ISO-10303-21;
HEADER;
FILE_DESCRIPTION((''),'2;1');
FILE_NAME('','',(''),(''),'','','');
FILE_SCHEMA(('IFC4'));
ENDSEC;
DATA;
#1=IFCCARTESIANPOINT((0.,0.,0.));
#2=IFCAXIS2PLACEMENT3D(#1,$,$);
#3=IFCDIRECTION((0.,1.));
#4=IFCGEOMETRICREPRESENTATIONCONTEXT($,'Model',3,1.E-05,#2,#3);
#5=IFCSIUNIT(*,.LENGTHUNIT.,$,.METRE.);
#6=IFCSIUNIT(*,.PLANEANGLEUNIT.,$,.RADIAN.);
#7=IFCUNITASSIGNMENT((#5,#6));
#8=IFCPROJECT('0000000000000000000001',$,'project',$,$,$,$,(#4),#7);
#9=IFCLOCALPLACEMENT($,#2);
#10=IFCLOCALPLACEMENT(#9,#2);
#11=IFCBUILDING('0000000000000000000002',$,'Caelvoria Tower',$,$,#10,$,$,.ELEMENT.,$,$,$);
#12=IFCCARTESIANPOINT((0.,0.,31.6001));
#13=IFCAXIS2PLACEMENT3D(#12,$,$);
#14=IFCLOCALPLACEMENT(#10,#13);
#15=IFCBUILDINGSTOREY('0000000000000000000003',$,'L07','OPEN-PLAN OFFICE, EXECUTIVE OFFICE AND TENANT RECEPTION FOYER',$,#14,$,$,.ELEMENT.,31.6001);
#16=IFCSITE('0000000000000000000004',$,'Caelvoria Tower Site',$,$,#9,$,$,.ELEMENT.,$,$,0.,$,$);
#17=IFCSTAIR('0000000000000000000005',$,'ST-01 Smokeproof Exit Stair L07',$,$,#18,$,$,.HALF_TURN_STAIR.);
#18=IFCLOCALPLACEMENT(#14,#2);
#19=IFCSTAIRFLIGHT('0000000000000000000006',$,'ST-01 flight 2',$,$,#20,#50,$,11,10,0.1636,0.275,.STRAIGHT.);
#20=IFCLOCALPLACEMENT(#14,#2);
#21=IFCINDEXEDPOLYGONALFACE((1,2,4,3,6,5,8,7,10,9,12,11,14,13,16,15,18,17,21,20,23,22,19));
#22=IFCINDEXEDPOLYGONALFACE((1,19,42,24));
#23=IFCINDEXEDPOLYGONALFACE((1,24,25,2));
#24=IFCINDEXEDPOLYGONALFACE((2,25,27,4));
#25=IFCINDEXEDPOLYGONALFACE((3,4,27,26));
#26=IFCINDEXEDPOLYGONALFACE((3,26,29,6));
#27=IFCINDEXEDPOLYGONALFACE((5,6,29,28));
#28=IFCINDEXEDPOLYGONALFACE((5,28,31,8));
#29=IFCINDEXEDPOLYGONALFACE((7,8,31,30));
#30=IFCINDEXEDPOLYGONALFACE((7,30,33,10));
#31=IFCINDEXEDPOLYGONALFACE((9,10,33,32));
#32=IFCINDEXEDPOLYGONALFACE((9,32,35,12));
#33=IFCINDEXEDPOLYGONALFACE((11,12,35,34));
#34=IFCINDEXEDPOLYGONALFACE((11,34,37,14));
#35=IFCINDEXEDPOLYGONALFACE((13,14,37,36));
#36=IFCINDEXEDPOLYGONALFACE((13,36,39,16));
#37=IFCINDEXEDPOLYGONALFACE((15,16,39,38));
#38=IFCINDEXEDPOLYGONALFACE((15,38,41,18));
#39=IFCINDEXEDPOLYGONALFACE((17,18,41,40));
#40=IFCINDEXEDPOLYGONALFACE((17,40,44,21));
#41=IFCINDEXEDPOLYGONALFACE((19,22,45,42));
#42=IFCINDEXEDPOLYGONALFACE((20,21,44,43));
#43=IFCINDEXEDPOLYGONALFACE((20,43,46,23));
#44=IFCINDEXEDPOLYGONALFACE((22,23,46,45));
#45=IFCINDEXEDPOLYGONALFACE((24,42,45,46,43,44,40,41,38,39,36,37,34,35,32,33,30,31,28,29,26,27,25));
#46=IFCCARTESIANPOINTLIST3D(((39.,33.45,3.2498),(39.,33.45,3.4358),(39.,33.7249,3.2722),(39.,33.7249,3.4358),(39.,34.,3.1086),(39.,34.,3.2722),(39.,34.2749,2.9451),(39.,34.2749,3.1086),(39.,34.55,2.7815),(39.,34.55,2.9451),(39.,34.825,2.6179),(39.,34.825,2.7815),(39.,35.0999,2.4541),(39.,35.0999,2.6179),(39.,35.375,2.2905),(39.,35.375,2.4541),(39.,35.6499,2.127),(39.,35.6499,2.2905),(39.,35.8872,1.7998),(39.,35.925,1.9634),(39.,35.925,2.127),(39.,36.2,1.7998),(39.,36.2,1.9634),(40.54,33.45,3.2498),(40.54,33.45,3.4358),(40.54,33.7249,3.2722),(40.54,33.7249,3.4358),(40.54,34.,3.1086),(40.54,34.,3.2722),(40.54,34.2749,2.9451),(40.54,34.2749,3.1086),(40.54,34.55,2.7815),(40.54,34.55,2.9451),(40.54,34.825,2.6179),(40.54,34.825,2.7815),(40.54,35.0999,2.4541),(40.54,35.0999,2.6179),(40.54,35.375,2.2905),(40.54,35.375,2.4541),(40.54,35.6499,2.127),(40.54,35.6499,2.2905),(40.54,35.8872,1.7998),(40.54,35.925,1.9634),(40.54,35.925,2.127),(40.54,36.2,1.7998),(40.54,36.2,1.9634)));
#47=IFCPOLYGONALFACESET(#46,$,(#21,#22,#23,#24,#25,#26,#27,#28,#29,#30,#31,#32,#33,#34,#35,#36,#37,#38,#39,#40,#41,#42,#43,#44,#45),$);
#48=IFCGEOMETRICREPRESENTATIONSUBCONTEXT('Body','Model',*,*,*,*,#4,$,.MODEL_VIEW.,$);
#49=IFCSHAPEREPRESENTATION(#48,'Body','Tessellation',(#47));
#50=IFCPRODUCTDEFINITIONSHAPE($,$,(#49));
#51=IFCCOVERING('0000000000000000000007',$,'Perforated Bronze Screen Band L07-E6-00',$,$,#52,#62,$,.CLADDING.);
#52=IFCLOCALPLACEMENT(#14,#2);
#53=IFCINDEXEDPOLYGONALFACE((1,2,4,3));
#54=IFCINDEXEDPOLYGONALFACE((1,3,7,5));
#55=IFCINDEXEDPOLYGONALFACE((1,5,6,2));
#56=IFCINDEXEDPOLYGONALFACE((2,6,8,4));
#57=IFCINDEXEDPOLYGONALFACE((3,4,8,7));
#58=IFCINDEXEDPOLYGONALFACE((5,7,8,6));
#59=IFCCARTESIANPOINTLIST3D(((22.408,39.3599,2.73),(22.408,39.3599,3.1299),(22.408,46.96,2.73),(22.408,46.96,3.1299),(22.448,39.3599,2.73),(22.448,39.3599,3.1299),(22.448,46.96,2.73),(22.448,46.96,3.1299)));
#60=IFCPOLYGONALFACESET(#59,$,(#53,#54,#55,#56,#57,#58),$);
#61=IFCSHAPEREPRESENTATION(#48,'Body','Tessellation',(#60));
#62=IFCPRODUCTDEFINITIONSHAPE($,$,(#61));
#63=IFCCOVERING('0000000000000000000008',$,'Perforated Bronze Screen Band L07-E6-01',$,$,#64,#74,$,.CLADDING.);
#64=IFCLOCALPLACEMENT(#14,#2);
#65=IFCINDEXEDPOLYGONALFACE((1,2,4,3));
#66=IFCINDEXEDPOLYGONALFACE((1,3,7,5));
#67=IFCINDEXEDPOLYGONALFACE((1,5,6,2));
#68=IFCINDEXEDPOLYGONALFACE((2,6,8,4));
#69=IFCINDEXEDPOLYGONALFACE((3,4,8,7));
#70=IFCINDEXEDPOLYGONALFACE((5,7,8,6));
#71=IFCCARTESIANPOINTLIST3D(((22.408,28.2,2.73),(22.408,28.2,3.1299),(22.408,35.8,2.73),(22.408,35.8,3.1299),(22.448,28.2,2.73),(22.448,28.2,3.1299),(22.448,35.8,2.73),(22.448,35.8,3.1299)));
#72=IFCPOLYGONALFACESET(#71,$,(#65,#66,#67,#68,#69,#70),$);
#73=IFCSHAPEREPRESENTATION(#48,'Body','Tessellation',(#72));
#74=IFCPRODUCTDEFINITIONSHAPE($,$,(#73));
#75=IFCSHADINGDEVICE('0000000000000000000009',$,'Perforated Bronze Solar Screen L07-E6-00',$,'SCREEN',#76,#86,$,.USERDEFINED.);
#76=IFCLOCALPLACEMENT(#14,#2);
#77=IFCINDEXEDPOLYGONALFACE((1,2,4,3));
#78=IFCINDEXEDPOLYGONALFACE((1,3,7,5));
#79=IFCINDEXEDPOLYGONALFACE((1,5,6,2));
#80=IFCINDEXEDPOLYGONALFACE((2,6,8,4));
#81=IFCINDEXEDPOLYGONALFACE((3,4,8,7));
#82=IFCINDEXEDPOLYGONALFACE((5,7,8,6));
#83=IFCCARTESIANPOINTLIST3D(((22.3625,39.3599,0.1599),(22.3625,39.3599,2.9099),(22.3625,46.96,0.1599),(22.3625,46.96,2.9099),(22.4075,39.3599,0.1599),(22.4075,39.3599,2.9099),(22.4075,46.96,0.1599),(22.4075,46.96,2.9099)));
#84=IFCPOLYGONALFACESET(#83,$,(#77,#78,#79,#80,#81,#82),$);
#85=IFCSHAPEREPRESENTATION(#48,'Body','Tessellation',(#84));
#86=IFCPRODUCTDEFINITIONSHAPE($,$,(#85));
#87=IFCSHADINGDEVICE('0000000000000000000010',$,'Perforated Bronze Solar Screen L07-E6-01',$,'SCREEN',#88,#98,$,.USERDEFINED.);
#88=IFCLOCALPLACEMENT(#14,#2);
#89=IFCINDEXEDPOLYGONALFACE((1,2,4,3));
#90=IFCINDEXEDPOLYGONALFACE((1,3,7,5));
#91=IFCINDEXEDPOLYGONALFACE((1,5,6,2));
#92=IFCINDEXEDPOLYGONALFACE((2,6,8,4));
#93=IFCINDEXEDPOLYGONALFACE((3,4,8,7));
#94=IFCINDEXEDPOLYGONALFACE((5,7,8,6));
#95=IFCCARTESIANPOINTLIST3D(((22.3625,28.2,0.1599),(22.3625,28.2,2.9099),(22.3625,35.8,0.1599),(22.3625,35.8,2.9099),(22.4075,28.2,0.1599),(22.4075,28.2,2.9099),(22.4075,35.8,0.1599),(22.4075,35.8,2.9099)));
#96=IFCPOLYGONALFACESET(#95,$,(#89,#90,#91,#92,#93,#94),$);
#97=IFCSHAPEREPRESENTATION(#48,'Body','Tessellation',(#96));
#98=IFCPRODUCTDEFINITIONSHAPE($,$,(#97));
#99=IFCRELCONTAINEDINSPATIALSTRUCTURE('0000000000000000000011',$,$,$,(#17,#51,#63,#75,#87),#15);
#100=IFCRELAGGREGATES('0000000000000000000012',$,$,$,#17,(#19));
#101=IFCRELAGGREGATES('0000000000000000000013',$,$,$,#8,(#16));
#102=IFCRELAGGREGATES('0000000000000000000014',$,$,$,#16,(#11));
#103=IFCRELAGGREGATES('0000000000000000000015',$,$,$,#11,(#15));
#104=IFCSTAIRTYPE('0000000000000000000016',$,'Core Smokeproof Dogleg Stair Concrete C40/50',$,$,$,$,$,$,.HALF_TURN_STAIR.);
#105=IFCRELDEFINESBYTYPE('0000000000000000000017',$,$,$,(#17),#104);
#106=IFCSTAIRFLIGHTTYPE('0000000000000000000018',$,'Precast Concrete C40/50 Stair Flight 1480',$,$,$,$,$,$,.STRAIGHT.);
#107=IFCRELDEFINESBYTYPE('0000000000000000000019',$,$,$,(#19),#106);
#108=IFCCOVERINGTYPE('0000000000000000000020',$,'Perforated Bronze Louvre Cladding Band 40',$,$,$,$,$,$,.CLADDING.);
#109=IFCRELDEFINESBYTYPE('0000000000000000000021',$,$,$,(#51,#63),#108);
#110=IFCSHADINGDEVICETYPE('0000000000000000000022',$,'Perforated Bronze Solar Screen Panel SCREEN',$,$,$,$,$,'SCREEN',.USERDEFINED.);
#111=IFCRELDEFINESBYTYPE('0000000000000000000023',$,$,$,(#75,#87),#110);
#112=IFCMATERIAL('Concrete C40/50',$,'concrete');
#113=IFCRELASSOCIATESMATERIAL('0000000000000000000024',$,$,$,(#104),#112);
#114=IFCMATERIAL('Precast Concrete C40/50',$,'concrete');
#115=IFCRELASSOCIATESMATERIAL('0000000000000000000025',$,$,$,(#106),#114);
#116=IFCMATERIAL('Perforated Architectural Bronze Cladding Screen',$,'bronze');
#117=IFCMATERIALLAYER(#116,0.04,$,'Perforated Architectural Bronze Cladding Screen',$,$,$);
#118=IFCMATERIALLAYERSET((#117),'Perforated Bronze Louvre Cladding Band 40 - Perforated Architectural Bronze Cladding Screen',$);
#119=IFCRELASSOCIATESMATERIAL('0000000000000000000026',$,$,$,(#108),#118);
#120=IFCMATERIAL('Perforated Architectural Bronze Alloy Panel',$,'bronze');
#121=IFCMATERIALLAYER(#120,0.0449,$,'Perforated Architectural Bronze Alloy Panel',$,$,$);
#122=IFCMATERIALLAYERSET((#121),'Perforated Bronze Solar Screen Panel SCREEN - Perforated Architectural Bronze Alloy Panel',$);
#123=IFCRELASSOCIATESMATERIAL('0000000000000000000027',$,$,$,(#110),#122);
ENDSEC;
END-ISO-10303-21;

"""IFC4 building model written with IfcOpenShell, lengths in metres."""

from ifc_helpers import new_model, si_unit, direction, frame, origin, origin_2d, place, context, subcontext, project, spatial, polyline, rectangle, outline, extrude, material, layer, layer_set, type_object, element, aggregate, save


model = new_model("IFC4")

# Units and contexts
model_context = context("Model", 3, precision=1e-05, world=origin(), true_north=direction((0.0, 1.0)))
body_context = subcontext(model_context, "Body", "Model", "MODEL_VIEW")
ifc_project = project(units=[si_unit("LENGTHUNIT", "METRE"), si_unit("PLANEANGLEUNIT", "RADIAN")], contexts=[model_context])

# Site, building, storey
site_placement = place(None, origin())
site = spatial("IfcSite", under=ifc_project, at=site_placement, Name="Caelvoria Tower Site", CompositionType="ELEMENT", RefElevation=0.0)
building_placement = place(site_placement, origin())
building = spatial("IfcBuilding", under=site, at=building_placement, Name="Caelvoria Tower", CompositionType="ELEMENT")
storey_placement = place(building_placement, frame((0.0, 0.0, 31.6001)))
storey = spatial("IfcBuildingStorey", under=building, at=storey_placement, Name="L07", Description="OPEN-PLAN OFFICE, EXECUTIVE OFFICE AND TENANT RECEPTION FOYER", CompositionType="ELEMENT", Elevation=31.6001)

# Stair, stair flight
ifc_material_1 = material(Name="Concrete C40/50", Category="concrete")
stair_type = type_object("IfcStairType", Name="Core Smokeproof Dogleg Stair Concrete C40/50", PredefinedType="HALF_TURN_STAIR", material=ifc_material_1)
stair_placement = place(storey_placement, origin())
stair = element("IfcStair", 1, at=stair_placement, inside=storey, type_object=stair_type, Name="ST-01 Smokeproof Exit Stair L07", PredefinedType="HALF_TURN_STAIR")
ifc_material_2 = material(Name="Precast Concrete C40/50", Category="concrete")
stair_flight_type = type_object("IfcStairFlightType", Name="Precast Concrete C40/50 Stair Flight 1480", PredefinedType="STRAIGHT", material=ifc_material_2)
stair_flight_1_placement = place(storey_placement, frame((39.77, 36.2, 1.7998), z_axis=(0.0, 0.0, 1.0), x_axis=(0.0, -1.0, 0.0)))
stair_flight_1 = element("IfcStairFlight", 2, at=stair_flight_1_placement, type_object=stair_flight_type, Name="ST-01 flight 2", NumberOfRisers=11, NumberOfTreads=10, PredefinedType="STRAIGHT", RiserHeight=0.1636, TreadLength=0.275, context=body_context, shape_type="SweptSolid", body=[
    extrude(outline(polyline([(0.0, 0.0), (0.0, 0.1636), (0.2749, 0.1636), (0.2749, 0.3271), (0.55, 0.3271), (0.55, 0.4907), (0.825, 0.4907), (0.825, 0.6543), (1.1001, 0.6543), (1.1001, 0.8181), (1.375, 0.8181), (1.375, 0.9817), (1.6499, 0.9817), (1.6499, 1.1453), (1.925, 1.1453), (1.925, 1.3088), (2.2, 1.3088), (2.2, 1.4724), (2.4751, 1.4724), (2.4751, 1.636), (2.75, 1.636), (2.75, 1.7996), (2.75, 1.45), (0.3127, 0.0), (0.0, 0.0)])), frame((0.0, 0.77, 0.0), z_axis=(0.0, -1.0, 0.0), x_axis=(1.0, 0.0, 0.0)), (0.0, 0.0, 1.0), 1.54),
])
aggregate(stair, [stair_flight_1])

# Coverings
ifc_material_3 = material(Name="Perforated Architectural Bronze Cladding Screen", Category="bronze")
ifc_layer_1 = layer(ifc_material_3, 0.04, Name="Perforated Architectural Bronze Cladding Screen")
ifc_layer_set_1 = layer_set([ifc_layer_1], Name="Perforated Bronze Louvre Cladding Band 40 - Perforated Architectural Bronze Cladding Screen")
covering_type = type_object("IfcCoveringType", Name="Perforated Bronze Louvre Cladding Band 40", PredefinedType="CLADDING", material=ifc_layer_set_1)
for number, where, z_axis, x_axis, name in (
    (3, (22.428, 43.1599, 2.73), (0.0, 0.0, 1.0), (0.0, -1.0, 0.0), "Perforated Bronze Screen Band L07-E6-00"),
    (4, (22.428, 32.0, 2.73), (0.0, 0.0, 1.0), (0.0, -1.0, 0.0), "Perforated Bronze Screen Band L07-E6-01"),
):
    element("IfcCovering", number, at=place(storey_placement, frame(where, z_axis=z_axis, x_axis=x_axis)), inside=storey, type_object=covering_type, Name=name, PredefinedType="CLADDING", context=body_context, shape_type="SweptSolid", body=[
        extrude(rectangle(XDim=7.6001, YDim=0.04, at=origin_2d()), origin(), (0.0, 0.0, 1.0), 0.3999),
    ])

# Shading devices
ifc_material_4 = material(Name="Perforated Architectural Bronze Alloy Panel", Category="bronze")
ifc_layer_2 = layer(ifc_material_4, 0.0449, Name="Perforated Architectural Bronze Alloy Panel")
ifc_layer_set_2 = layer_set([ifc_layer_2], Name="Perforated Bronze Solar Screen Panel SCREEN - Perforated Architectural Bronze Alloy Panel")
shading_device_type = type_object("IfcShadingDeviceType", Name="Perforated Bronze Solar Screen Panel SCREEN", ElementType="SCREEN", PredefinedType="USERDEFINED", material=ifc_layer_set_2)
for number, where, z_axis, x_axis, name in (
    (5, (22.385, 43.1599, 0.1599), (0.0, 0.0, 1.0), (0.0, -1.0, 0.0), "Perforated Bronze Solar Screen L07-E6-00"),
    (6, (22.385, 32.0, 0.1599), (0.0, 0.0, 1.0), (0.0, -1.0, 0.0), "Perforated Bronze Solar Screen L07-E6-01"),
):
    element("IfcShadingDevice", number, at=place(storey_placement, frame(where, z_axis=z_axis, x_axis=x_axis)), inside=storey, type_object=shading_device_type, Name=name, ObjectType="SCREEN", PredefinedType="USERDEFINED", context=body_context, shape_type="SweptSolid", body=[
        extrude(rectangle(XDim=7.6001, YDim=0.0449, at=origin_2d()), origin(), (0.0, 0.0, 1.0), 2.75),
    ])

save(model, "model.ifc")
